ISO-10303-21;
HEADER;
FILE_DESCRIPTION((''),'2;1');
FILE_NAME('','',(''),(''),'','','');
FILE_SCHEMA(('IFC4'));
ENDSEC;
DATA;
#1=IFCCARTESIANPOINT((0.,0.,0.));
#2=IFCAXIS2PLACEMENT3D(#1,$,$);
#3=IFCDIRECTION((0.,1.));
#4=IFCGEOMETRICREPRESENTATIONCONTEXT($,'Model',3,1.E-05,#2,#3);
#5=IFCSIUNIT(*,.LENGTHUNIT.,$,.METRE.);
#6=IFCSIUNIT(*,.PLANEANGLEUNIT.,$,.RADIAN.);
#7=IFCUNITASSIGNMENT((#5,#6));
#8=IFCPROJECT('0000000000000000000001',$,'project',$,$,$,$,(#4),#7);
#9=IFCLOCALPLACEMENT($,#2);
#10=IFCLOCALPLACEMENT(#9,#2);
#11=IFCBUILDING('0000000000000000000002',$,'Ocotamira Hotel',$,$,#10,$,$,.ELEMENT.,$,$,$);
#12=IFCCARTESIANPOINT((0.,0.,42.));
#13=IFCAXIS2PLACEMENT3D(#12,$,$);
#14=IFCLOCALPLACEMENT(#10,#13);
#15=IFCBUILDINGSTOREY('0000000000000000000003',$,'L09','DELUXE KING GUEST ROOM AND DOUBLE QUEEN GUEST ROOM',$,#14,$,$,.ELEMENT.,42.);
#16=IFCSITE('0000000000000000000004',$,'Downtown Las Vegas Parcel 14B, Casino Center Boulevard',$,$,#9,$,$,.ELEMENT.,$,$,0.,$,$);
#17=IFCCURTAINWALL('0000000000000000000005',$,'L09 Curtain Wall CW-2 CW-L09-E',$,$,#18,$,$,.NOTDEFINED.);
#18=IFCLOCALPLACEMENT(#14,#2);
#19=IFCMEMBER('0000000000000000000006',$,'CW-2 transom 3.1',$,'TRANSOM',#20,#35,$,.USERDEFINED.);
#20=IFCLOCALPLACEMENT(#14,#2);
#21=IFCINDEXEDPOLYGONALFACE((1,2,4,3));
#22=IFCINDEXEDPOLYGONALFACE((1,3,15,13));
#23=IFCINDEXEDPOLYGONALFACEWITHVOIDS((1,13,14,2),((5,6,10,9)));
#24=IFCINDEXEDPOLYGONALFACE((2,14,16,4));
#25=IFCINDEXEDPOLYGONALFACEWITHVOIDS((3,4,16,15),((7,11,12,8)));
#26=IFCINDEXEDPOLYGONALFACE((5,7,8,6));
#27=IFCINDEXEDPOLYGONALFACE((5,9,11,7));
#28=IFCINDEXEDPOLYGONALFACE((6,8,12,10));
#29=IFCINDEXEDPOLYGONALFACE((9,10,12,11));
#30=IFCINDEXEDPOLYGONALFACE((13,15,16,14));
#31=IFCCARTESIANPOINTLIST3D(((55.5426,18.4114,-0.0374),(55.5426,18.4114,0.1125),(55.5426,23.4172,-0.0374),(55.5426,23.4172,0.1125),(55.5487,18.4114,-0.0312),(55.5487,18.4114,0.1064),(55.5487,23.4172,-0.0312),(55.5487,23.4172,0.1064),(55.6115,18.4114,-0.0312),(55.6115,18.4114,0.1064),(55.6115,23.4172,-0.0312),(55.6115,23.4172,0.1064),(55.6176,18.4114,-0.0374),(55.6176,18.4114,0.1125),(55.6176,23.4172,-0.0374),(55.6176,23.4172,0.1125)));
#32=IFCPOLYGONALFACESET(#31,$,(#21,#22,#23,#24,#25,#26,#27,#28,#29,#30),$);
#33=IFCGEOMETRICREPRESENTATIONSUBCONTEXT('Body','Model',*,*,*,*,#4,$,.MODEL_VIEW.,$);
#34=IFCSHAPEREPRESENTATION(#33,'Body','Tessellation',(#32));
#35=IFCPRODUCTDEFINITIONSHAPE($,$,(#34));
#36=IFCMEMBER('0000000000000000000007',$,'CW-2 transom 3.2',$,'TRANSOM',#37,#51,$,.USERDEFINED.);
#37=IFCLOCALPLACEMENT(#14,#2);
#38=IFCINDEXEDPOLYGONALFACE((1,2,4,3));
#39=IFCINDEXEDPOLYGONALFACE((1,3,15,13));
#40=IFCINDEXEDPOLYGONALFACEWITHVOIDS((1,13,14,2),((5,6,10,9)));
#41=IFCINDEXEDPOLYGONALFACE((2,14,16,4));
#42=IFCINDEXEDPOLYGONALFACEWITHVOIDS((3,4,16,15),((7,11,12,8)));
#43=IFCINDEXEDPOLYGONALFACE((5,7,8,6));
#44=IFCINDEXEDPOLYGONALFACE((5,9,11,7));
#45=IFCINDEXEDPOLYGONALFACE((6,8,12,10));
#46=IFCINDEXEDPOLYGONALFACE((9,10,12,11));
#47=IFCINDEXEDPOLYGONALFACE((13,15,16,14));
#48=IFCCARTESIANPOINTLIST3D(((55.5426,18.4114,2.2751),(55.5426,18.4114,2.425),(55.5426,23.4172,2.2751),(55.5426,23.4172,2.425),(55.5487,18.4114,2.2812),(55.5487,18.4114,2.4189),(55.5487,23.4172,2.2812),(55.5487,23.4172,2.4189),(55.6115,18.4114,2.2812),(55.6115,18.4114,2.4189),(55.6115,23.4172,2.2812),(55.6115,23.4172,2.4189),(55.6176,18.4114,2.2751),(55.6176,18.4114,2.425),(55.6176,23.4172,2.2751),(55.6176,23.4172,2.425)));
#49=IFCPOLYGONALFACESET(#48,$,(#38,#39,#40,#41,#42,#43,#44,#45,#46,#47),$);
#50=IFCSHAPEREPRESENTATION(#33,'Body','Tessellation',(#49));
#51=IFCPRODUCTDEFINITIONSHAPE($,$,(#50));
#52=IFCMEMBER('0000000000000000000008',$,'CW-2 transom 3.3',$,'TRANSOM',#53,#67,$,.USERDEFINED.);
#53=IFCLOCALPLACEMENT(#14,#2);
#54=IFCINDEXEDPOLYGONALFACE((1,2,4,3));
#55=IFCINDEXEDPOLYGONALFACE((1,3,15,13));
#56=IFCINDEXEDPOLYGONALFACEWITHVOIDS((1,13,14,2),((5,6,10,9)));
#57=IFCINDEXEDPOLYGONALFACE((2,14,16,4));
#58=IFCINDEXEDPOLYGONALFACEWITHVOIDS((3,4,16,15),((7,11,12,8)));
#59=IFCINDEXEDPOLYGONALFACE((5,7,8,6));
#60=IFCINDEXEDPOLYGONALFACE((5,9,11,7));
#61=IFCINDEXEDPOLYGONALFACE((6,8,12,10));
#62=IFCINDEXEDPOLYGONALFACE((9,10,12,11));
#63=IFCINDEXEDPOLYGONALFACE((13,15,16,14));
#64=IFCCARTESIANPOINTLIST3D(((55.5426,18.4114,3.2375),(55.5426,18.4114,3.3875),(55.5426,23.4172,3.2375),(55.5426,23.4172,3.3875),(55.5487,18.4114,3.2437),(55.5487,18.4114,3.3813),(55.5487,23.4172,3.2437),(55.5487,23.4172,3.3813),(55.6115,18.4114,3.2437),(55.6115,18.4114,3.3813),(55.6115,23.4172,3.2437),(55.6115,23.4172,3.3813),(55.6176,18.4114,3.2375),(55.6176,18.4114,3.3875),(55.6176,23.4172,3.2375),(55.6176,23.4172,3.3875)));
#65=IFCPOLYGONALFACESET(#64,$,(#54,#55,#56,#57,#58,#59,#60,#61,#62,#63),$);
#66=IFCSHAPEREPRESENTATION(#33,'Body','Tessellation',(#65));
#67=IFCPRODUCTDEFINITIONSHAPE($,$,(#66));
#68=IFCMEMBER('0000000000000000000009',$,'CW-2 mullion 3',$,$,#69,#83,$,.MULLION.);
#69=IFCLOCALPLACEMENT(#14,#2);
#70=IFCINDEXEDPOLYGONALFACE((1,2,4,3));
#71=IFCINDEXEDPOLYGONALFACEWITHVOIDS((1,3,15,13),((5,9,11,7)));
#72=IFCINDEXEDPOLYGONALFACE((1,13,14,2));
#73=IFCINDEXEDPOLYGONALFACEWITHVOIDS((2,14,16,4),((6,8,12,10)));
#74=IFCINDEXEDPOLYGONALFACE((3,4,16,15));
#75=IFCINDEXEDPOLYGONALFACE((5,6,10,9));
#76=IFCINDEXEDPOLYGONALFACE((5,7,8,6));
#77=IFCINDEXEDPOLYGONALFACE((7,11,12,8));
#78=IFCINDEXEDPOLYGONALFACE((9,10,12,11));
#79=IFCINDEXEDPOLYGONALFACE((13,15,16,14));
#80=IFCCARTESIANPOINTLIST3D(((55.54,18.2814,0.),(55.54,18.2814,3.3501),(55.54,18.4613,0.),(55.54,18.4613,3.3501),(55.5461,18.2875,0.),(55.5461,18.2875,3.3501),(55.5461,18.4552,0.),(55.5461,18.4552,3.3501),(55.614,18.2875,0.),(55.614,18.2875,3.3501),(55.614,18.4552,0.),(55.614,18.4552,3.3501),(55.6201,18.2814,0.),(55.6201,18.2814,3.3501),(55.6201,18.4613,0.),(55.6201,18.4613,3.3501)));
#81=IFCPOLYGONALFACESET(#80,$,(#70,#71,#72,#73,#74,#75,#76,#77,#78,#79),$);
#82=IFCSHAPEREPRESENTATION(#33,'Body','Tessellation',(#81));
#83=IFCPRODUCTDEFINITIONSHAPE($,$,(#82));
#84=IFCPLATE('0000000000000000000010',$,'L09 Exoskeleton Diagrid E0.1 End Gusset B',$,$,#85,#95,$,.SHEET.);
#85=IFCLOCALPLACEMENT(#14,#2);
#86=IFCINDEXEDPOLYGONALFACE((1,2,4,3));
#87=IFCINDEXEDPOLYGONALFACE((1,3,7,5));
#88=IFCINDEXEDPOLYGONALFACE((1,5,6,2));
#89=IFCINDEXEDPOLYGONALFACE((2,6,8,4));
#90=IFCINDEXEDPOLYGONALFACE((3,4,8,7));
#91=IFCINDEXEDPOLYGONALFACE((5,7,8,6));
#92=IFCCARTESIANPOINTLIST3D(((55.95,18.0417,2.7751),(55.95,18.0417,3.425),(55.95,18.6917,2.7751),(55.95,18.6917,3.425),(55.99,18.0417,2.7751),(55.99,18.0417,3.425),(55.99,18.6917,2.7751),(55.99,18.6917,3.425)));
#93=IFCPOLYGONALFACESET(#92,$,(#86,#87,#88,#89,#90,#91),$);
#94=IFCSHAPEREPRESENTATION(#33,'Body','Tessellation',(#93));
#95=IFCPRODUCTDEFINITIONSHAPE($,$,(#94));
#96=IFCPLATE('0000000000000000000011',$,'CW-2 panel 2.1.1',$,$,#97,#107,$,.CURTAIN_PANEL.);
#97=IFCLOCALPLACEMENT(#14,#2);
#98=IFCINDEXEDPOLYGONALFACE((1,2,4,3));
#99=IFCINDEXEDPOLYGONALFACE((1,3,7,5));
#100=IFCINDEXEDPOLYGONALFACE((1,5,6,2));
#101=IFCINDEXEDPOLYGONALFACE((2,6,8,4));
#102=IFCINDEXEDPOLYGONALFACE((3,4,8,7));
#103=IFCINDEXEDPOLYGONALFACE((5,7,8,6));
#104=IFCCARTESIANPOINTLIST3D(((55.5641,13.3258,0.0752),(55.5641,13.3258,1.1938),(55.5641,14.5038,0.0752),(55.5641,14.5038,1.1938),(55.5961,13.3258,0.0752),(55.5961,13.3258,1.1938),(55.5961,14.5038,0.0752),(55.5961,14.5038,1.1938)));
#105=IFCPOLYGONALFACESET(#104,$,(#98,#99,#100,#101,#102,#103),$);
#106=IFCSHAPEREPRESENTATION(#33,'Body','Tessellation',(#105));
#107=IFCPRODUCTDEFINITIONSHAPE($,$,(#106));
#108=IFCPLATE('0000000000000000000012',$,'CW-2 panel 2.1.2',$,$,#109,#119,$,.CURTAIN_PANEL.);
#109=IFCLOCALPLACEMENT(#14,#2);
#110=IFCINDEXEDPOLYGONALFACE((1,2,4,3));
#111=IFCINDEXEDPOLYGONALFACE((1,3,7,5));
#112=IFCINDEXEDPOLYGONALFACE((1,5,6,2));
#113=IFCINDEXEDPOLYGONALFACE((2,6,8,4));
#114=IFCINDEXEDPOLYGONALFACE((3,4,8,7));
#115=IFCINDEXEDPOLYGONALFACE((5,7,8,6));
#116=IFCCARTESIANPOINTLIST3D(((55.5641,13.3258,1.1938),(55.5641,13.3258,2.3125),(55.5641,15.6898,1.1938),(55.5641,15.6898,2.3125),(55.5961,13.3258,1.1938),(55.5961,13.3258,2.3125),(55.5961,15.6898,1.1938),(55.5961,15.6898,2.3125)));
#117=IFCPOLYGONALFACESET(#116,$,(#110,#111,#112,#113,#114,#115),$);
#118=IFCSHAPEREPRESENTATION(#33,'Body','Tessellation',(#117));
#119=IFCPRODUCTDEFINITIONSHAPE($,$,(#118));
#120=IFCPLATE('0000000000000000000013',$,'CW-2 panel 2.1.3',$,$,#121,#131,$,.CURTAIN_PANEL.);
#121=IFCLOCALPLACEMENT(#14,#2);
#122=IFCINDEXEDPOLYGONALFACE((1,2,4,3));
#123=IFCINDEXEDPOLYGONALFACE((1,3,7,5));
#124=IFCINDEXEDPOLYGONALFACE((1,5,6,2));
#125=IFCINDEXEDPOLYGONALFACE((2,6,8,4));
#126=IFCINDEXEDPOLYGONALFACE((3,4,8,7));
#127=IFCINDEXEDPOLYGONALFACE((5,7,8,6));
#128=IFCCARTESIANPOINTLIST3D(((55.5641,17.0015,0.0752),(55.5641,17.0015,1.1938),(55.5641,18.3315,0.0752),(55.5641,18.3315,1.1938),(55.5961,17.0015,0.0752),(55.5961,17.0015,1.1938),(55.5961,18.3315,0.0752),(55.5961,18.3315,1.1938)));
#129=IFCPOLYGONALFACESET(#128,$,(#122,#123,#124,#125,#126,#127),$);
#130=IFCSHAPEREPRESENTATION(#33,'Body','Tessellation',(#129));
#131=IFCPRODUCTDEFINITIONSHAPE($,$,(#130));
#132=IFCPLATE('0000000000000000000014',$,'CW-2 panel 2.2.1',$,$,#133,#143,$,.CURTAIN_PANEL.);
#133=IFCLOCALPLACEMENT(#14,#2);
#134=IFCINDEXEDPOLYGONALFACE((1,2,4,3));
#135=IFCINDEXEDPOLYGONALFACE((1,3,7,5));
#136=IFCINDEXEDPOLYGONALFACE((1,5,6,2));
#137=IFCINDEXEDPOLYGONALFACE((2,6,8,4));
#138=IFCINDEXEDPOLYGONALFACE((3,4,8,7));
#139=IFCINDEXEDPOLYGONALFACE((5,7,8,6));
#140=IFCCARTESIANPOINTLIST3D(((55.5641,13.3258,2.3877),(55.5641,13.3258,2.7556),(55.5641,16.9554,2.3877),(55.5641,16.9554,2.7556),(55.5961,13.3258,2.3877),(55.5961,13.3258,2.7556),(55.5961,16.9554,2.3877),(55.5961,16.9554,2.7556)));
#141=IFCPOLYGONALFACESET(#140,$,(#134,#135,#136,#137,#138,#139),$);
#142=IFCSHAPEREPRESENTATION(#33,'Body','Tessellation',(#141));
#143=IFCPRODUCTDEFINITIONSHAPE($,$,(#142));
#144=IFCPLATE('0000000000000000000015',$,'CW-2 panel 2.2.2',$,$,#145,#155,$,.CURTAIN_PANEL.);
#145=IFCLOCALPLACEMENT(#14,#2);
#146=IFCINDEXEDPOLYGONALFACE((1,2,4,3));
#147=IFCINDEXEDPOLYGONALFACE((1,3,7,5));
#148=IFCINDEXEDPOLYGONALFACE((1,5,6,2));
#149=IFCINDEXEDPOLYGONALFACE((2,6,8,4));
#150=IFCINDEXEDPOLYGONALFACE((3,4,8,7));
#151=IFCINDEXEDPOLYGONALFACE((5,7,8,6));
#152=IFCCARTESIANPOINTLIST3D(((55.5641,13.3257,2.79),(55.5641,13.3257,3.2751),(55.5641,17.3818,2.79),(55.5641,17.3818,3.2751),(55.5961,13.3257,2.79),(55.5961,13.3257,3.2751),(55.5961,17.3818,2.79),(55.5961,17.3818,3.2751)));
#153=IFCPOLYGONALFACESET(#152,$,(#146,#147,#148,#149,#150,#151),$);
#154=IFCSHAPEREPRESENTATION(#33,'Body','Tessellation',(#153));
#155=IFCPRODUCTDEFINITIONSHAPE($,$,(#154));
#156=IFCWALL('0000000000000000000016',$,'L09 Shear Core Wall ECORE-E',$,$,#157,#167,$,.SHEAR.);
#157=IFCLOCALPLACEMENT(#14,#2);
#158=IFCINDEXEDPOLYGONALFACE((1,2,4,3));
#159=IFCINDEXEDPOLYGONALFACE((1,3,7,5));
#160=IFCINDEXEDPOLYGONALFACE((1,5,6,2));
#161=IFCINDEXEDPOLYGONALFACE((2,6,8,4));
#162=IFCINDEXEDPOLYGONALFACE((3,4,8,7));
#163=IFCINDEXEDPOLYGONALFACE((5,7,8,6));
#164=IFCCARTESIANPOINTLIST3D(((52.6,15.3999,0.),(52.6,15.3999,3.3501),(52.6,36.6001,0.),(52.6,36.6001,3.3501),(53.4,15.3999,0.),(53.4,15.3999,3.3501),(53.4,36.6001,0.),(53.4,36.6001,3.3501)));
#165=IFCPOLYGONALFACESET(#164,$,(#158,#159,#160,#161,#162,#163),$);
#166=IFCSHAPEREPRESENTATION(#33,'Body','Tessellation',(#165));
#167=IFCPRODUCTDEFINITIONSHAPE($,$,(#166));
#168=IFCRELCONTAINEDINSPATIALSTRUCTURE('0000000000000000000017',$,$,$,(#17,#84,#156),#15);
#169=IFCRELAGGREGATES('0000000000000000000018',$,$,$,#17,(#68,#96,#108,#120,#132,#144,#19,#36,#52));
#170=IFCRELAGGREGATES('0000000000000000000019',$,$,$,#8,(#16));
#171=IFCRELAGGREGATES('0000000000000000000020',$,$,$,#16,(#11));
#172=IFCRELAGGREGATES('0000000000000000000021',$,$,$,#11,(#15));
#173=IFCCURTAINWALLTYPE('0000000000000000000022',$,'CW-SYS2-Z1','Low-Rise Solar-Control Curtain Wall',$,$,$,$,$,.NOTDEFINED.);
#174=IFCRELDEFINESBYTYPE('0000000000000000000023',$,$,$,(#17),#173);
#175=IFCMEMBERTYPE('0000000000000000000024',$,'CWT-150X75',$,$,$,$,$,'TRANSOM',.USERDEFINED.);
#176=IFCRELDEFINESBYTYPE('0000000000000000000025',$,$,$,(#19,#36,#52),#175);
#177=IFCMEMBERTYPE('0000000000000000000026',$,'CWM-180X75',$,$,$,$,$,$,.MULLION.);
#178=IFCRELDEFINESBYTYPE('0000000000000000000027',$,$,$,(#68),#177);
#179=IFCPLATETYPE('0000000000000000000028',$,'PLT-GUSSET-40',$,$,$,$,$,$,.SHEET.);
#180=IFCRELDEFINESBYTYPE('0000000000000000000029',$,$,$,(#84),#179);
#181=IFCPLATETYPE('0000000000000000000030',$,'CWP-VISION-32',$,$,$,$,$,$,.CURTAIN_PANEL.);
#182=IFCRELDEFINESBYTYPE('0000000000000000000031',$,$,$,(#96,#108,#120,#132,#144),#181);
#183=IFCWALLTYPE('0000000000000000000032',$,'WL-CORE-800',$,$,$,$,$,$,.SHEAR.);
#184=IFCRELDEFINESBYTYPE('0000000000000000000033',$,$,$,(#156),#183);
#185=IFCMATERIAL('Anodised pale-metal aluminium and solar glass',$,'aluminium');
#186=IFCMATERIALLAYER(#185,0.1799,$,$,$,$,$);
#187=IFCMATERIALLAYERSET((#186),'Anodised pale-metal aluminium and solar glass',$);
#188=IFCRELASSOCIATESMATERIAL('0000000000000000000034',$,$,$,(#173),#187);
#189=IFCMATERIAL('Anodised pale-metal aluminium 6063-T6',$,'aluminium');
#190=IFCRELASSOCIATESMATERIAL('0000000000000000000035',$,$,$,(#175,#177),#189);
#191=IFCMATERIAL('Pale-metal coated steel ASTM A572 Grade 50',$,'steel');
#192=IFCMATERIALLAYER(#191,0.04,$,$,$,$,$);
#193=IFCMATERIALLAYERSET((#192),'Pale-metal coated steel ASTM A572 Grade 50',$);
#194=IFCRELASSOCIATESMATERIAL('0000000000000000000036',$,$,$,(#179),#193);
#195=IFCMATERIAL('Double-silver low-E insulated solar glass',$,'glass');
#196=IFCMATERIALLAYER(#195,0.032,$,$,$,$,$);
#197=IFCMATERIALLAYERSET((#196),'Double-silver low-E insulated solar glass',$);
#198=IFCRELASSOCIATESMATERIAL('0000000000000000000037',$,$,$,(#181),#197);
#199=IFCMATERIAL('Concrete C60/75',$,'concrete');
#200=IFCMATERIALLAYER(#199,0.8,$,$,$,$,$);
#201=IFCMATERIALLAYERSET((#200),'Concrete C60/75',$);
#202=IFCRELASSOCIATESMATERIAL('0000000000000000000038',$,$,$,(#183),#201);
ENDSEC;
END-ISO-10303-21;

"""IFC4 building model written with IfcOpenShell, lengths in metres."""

from ifc_helpers import new_model, si_unit, direction, frame, frame_2d, origin, origin_2d, place, context, subcontext, project, spatial, rectangle, hollow_rectangle, extrude, source, transform, mapped, material, layer, layer_set, material_profile, profile_set, type_object, element, aggregate, save


model = new_model("IFC4")

# Units and contexts
model_context = context("Model", 3, precision=1e-05, world=origin(), true_north=direction((0.0, 1.0)))
body_context = subcontext(model_context, "Body", "Model", "MODEL_VIEW")
ifc_project = project(units=[si_unit("LENGTHUNIT", "METRE"), si_unit("PLANEANGLEUNIT", "RADIAN")], contexts=[model_context])

# Site, building, storey
site_placement = place(None, origin())
site = spatial("IfcSite", under=ifc_project, at=site_placement, Name="Downtown Las Vegas Parcel 14B, Casino Center Boulevard", CompositionType="ELEMENT", RefElevation=0.0)
building_placement = place(site_placement, origin())
building = spatial("IfcBuilding", under=site, at=building_placement, Name="Ocotamira Hotel", CompositionType="ELEMENT")
storey_placement = place(building_placement, frame((0.0, 0.0, 42.0)))
storey = spatial("IfcBuildingStorey", under=building, at=storey_placement, Name="L09", Description="DELUXE KING GUEST ROOM AND DOUBLE QUEEN GUEST ROOM", CompositionType="ELEMENT", Elevation=42.0)

# Curtain wall, members
ifc_material_1 = material(Name="Anodised pale-metal aluminium and solar glass", Category="aluminium")
ifc_layer_1 = layer(ifc_material_1, 0.1799)
ifc_layer_set_1 = layer_set([ifc_layer_1], Name="Anodised pale-metal aluminium and solar glass")
curtain_wall_type = type_object("IfcCurtainWallType", Name="CW-SYS2-Z1", Description="Low-Rise Solar-Control Curtain Wall", PredefinedType="NOTDEFINED", material=ifc_layer_set_1)
curtain_wall_placement = place(storey_placement, origin())
curtain_wall = element("IfcCurtainWall", 1, at=curtain_wall_placement, inside=storey, type_object=curtain_wall_type, Name="L09 Curtain Wall CW-2 CW-L09-E", PredefinedType="NOTDEFINED")
ifc_material_2 = material(Name="Anodised pale-metal aluminium 6063-T6", Category="aluminium")
ifc_material_profile_1 = material_profile(ifc_material_2, hollow_rectangle(XDim=0.075, YDim=0.1499, WallThickness=0.0061, at=origin_2d()), Name="HSS150X75X6")
ifc_profile_set_1 = profile_set([ifc_material_profile_1], Name="Anodised pale-metal aluminium 6063-T6")
member_type_1 = type_object("IfcMemberType", Name="CWT-150X75", ElementType="TRANSOM", PredefinedType="USERDEFINED", material=ifc_profile_set_1)
shared_shape_1 = source(origin(), body_context, "Body", "SweptSolid", [
    extrude(hollow_rectangle(XDim=0.075, YDim=0.1499, WallThickness=0.0061, at=origin_2d()), origin(), (0.0, 0.0, 1.0), 5.0059),
])
member_1_placement = place(storey_placement, frame((55.5801, 18.4114, 0.0376), z_axis=(0.0, 1.0, 0.0), x_axis=(-1.0, 0.0, 0.0)))
member_1 = element("IfcMember", 2, at=member_1_placement, type_object=member_type_1, Name="CW-2 transom 3.1", ObjectType="TRANSOM", PredefinedType="USERDEFINED", context=body_context, shape_type="MappedRepresentation", body=[
    mapped(shared_shape_1, transform((0.0, 0.0, 0.0), scale=1.0)),
])
member_2_placement = place(storey_placement, frame((55.5801, 18.4114, 2.3501), z_axis=(0.0, 1.0, 0.0), x_axis=(-1.0, 0.0, 0.0)))
member_2 = element("IfcMember", 3, at=member_2_placement, type_object=member_type_1, Name="CW-2 transom 3.2", ObjectType="TRANSOM", PredefinedType="USERDEFINED", context=body_context, shape_type="MappedRepresentation", body=[
    mapped(shared_shape_1, transform((0.0, 0.0, 0.0), scale=1.0)),
])
member_3_placement = place(storey_placement, frame((55.5801, 18.4114, 3.3125), z_axis=(0.0, 1.0, 0.0), x_axis=(-1.0, 0.0, 0.0)))
member_3 = element("IfcMember", 4, at=member_3_placement, type_object=member_type_1, Name="CW-2 transom 3.3", ObjectType="TRANSOM", PredefinedType="USERDEFINED", context=body_context, shape_type="MappedRepresentation", body=[
    mapped(shared_shape_1, transform((0.0, 0.0, 0.0), scale=1.0)),
])
ifc_material_profile_2 = material_profile(ifc_material_2, hollow_rectangle(XDim=0.0801, YDim=0.1799, WallThickness=0.0061, at=origin_2d()), Name="HSS180X80X6")
ifc_profile_set_2 = profile_set([ifc_material_profile_2], Name="Anodised pale-metal aluminium 6063-T6")
member_type_2 = type_object("IfcMemberType", Name="CWM-180X75", PredefinedType="MULLION", material=ifc_profile_set_2)
shared_shape_2 = source(origin(), body_context, "Body", "SweptSolid", [
    extrude(hollow_rectangle(XDim=0.0801, YDim=0.1799, WallThickness=0.0061, at=origin_2d()), origin(), (0.0, 0.0, 1.0), 3.3501),
])
member_4_placement = place(storey_placement, frame((55.5801, 18.3713, 0.0), z_axis=(0.0, 0.0, 1.0), x_axis=(-1.0, 0.0, 0.0)))
member_4 = element("IfcMember", 5, at=member_4_placement, type_object=member_type_2, Name="CW-2 mullion 3", PredefinedType="MULLION", context=body_context, shape_type="MappedRepresentation", body=[
    mapped(shared_shape_2, transform((0.0, 0.0, 0.0), scale=1.0)),
])

# Plates
ifc_material_3 = material(Name="Pale-metal coated steel ASTM A572 Grade 50", Category="steel")
ifc_layer_2 = layer(ifc_material_3, 0.04)
ifc_layer_set_2 = layer_set([ifc_layer_2], Name="Pale-metal coated steel ASTM A572 Grade 50")
plate_type_1 = type_object("IfcPlateType", Name="PLT-GUSSET-40", PredefinedType="SHEET", material=ifc_layer_set_2)
shared_shape_3 = source(origin(), body_context, "Body", "SweptSolid", [
    extrude(rectangle(XDim=0.04, YDim=0.6499, at=origin_2d()), origin(), (0.0, 0.0, 1.0), 0.6499),
])
plate_1_placement = place(storey_placement, frame((55.97, 18.3667, 2.7751), z_axis=(0.0, 0.0, 1.0), x_axis=(1.0, 0.0, 0.0)))
element("IfcPlate", 6, at=plate_1_placement, inside=storey, type_object=plate_type_1, Name="L09 Exoskeleton Diagrid E0.1 End Gusset B", PredefinedType="SHEET", context=body_context, shape_type="MappedRepresentation", body=[
    mapped(shared_shape_3, transform((0.0, 0.0, 0.0), scale=1.0)),
])
ifc_material_4 = material(Name="Double-silver low-E insulated solar glass", Category="glass")
ifc_layer_3 = layer(ifc_material_4, 0.032)
ifc_layer_set_3 = layer_set([ifc_layer_3], Name="Double-silver low-E insulated solar glass")
plate_type_2 = type_object("IfcPlateType", Name="CWP-VISION-32", PredefinedType="CURTAIN_PANEL", material=ifc_layer_set_3)
shared_shape_4 = source(origin(), body_context, "Body", "SweptSolid", [
    extrude(rectangle(XDim=1.178, YDim=0.032, at=origin_2d()), origin(), (0.0, 0.0, 1.0), 1.1187),
])
plate_2_placement = place(storey_placement, frame((55.5801, 13.9148, 0.0752), z_axis=(0.0, 0.0, 1.0), x_axis=(0.0, 1.0, 0.0)))
plate_2 = element("IfcPlate", 7, at=plate_2_placement, type_object=plate_type_2, Name="CW-2 panel 2.1.1", PredefinedType="CURTAIN_PANEL", context=body_context, shape_type="MappedRepresentation", body=[
    mapped(shared_shape_4, transform((0.0, 0.0, 0.0), scale=1.0)),
])
shared_shape_5 = source(origin(), body_context, "Body", "SweptSolid", [
    extrude(rectangle(XDim=2.364, YDim=0.032, at=origin_2d()), origin(), (0.0, 0.0, 1.0), 1.1187),
])
plate_3_placement = place(storey_placement, frame((55.5801, 14.5078, 1.1938), z_axis=(0.0, 0.0, 1.0), x_axis=(0.0, 1.0, 0.0)))
plate_3 = element("IfcPlate", 8, at=plate_3_placement, type_object=plate_type_2, Name="CW-2 panel 2.1.2", PredefinedType="CURTAIN_PANEL", context=body_context, shape_type="MappedRepresentation", body=[
    mapped(shared_shape_5, transform((0.0, 0.0, 0.0), scale=1.0)),
])
shared_shape_6 = source(origin(), body_context, "Body", "SweptSolid", [
    extrude(rectangle(XDim=1.3301, YDim=0.032, at=origin_2d()), origin(), (0.0, 0.0, 1.0), 1.1187),
])
plate_4_placement = place(storey_placement, frame((55.5801, 17.6665, 0.0752), z_axis=(0.0, 0.0, 1.0), x_axis=(0.0, 1.0, 0.0)))
plate_4 = element("IfcPlate", 9, at=plate_4_placement, type_object=plate_type_2, Name="CW-2 panel 2.1.3", PredefinedType="CURTAIN_PANEL", context=body_context, shape_type="MappedRepresentation", body=[
    mapped(shared_shape_6, transform((0.0, 0.0, 0.0), scale=1.0)),
])
shared_shape_7 = source(origin(), body_context, "Body", "SweptSolid", [
    extrude(rectangle(XDim=3.6296, YDim=0.032, at=origin_2d()), origin(), (0.0, 0.0, 1.0), 0.3679),
])
plate_5_placement = place(storey_placement, frame((55.5801, 15.1406, 2.3877), z_axis=(0.0, 0.0, 1.0), x_axis=(0.0, 1.0, 0.0)))
plate_5 = element("IfcPlate", 10, at=plate_5_placement, type_object=plate_type_2, Name="CW-2 panel 2.2.1", PredefinedType="CURTAIN_PANEL", context=body_context, shape_type="MappedRepresentation", body=[
    mapped(shared_shape_7, transform((0.0, 0.0, 0.0), scale=1.0)),
])
shared_shape_8 = source(origin(), body_context, "Body", "SweptSolid", [
    extrude(rectangle(XDim=4.0562, YDim=0.032, at=origin_2d()), origin(), (0.0, 0.0, 1.0), 0.4851),
])
plate_6_placement = place(storey_placement, frame((55.5801, 15.3538, 2.79), z_axis=(0.0, 0.0, 1.0), x_axis=(0.0, 1.0, 0.0)))
plate_6 = element("IfcPlate", 11, at=plate_6_placement, type_object=plate_type_2, Name="CW-2 panel 2.2.2", PredefinedType="CURTAIN_PANEL", context=body_context, shape_type="MappedRepresentation", body=[
    mapped(shared_shape_8, transform((0.0, 0.0, 0.0), scale=1.0)),
])
aggregate(curtain_wall, [member_4, plate_2, plate_3, plate_4, plate_5, plate_6, member_1, member_2, member_3])

# Wall
ifc_material_5 = material(Name="Concrete C60/75", Category="concrete")
ifc_layer_4 = layer(ifc_material_5, 0.8)
ifc_layer_set_4 = layer_set([ifc_layer_4], Name="Concrete C60/75")
wall_type_1 = type_object("IfcWallType", Name="WL-CORE-800", PredefinedType="SHEAR", material=ifc_layer_set_4)
wall_1_placement = place(storey_placement, frame((53.0, 15.3999, 0.0), z_axis=(0.0, 0.0, 1.0), x_axis=(0.0, 1.0, 0.0)))
element("IfcWall", 12, at=wall_1_placement, inside=storey, type_object=wall_type_1, Name="L09 Shear Core Wall ECORE-E", PredefinedType="SHEAR", context=body_context, shape_type="SweptSolid", body=[
    extrude(rectangle(XDim=21.2002, YDim=0.8, at=frame_2d((10.6001, 0.0))), origin(), (0.0, 0.0, 1.0), 3.3501),
])

save(model, "model.ifc")
